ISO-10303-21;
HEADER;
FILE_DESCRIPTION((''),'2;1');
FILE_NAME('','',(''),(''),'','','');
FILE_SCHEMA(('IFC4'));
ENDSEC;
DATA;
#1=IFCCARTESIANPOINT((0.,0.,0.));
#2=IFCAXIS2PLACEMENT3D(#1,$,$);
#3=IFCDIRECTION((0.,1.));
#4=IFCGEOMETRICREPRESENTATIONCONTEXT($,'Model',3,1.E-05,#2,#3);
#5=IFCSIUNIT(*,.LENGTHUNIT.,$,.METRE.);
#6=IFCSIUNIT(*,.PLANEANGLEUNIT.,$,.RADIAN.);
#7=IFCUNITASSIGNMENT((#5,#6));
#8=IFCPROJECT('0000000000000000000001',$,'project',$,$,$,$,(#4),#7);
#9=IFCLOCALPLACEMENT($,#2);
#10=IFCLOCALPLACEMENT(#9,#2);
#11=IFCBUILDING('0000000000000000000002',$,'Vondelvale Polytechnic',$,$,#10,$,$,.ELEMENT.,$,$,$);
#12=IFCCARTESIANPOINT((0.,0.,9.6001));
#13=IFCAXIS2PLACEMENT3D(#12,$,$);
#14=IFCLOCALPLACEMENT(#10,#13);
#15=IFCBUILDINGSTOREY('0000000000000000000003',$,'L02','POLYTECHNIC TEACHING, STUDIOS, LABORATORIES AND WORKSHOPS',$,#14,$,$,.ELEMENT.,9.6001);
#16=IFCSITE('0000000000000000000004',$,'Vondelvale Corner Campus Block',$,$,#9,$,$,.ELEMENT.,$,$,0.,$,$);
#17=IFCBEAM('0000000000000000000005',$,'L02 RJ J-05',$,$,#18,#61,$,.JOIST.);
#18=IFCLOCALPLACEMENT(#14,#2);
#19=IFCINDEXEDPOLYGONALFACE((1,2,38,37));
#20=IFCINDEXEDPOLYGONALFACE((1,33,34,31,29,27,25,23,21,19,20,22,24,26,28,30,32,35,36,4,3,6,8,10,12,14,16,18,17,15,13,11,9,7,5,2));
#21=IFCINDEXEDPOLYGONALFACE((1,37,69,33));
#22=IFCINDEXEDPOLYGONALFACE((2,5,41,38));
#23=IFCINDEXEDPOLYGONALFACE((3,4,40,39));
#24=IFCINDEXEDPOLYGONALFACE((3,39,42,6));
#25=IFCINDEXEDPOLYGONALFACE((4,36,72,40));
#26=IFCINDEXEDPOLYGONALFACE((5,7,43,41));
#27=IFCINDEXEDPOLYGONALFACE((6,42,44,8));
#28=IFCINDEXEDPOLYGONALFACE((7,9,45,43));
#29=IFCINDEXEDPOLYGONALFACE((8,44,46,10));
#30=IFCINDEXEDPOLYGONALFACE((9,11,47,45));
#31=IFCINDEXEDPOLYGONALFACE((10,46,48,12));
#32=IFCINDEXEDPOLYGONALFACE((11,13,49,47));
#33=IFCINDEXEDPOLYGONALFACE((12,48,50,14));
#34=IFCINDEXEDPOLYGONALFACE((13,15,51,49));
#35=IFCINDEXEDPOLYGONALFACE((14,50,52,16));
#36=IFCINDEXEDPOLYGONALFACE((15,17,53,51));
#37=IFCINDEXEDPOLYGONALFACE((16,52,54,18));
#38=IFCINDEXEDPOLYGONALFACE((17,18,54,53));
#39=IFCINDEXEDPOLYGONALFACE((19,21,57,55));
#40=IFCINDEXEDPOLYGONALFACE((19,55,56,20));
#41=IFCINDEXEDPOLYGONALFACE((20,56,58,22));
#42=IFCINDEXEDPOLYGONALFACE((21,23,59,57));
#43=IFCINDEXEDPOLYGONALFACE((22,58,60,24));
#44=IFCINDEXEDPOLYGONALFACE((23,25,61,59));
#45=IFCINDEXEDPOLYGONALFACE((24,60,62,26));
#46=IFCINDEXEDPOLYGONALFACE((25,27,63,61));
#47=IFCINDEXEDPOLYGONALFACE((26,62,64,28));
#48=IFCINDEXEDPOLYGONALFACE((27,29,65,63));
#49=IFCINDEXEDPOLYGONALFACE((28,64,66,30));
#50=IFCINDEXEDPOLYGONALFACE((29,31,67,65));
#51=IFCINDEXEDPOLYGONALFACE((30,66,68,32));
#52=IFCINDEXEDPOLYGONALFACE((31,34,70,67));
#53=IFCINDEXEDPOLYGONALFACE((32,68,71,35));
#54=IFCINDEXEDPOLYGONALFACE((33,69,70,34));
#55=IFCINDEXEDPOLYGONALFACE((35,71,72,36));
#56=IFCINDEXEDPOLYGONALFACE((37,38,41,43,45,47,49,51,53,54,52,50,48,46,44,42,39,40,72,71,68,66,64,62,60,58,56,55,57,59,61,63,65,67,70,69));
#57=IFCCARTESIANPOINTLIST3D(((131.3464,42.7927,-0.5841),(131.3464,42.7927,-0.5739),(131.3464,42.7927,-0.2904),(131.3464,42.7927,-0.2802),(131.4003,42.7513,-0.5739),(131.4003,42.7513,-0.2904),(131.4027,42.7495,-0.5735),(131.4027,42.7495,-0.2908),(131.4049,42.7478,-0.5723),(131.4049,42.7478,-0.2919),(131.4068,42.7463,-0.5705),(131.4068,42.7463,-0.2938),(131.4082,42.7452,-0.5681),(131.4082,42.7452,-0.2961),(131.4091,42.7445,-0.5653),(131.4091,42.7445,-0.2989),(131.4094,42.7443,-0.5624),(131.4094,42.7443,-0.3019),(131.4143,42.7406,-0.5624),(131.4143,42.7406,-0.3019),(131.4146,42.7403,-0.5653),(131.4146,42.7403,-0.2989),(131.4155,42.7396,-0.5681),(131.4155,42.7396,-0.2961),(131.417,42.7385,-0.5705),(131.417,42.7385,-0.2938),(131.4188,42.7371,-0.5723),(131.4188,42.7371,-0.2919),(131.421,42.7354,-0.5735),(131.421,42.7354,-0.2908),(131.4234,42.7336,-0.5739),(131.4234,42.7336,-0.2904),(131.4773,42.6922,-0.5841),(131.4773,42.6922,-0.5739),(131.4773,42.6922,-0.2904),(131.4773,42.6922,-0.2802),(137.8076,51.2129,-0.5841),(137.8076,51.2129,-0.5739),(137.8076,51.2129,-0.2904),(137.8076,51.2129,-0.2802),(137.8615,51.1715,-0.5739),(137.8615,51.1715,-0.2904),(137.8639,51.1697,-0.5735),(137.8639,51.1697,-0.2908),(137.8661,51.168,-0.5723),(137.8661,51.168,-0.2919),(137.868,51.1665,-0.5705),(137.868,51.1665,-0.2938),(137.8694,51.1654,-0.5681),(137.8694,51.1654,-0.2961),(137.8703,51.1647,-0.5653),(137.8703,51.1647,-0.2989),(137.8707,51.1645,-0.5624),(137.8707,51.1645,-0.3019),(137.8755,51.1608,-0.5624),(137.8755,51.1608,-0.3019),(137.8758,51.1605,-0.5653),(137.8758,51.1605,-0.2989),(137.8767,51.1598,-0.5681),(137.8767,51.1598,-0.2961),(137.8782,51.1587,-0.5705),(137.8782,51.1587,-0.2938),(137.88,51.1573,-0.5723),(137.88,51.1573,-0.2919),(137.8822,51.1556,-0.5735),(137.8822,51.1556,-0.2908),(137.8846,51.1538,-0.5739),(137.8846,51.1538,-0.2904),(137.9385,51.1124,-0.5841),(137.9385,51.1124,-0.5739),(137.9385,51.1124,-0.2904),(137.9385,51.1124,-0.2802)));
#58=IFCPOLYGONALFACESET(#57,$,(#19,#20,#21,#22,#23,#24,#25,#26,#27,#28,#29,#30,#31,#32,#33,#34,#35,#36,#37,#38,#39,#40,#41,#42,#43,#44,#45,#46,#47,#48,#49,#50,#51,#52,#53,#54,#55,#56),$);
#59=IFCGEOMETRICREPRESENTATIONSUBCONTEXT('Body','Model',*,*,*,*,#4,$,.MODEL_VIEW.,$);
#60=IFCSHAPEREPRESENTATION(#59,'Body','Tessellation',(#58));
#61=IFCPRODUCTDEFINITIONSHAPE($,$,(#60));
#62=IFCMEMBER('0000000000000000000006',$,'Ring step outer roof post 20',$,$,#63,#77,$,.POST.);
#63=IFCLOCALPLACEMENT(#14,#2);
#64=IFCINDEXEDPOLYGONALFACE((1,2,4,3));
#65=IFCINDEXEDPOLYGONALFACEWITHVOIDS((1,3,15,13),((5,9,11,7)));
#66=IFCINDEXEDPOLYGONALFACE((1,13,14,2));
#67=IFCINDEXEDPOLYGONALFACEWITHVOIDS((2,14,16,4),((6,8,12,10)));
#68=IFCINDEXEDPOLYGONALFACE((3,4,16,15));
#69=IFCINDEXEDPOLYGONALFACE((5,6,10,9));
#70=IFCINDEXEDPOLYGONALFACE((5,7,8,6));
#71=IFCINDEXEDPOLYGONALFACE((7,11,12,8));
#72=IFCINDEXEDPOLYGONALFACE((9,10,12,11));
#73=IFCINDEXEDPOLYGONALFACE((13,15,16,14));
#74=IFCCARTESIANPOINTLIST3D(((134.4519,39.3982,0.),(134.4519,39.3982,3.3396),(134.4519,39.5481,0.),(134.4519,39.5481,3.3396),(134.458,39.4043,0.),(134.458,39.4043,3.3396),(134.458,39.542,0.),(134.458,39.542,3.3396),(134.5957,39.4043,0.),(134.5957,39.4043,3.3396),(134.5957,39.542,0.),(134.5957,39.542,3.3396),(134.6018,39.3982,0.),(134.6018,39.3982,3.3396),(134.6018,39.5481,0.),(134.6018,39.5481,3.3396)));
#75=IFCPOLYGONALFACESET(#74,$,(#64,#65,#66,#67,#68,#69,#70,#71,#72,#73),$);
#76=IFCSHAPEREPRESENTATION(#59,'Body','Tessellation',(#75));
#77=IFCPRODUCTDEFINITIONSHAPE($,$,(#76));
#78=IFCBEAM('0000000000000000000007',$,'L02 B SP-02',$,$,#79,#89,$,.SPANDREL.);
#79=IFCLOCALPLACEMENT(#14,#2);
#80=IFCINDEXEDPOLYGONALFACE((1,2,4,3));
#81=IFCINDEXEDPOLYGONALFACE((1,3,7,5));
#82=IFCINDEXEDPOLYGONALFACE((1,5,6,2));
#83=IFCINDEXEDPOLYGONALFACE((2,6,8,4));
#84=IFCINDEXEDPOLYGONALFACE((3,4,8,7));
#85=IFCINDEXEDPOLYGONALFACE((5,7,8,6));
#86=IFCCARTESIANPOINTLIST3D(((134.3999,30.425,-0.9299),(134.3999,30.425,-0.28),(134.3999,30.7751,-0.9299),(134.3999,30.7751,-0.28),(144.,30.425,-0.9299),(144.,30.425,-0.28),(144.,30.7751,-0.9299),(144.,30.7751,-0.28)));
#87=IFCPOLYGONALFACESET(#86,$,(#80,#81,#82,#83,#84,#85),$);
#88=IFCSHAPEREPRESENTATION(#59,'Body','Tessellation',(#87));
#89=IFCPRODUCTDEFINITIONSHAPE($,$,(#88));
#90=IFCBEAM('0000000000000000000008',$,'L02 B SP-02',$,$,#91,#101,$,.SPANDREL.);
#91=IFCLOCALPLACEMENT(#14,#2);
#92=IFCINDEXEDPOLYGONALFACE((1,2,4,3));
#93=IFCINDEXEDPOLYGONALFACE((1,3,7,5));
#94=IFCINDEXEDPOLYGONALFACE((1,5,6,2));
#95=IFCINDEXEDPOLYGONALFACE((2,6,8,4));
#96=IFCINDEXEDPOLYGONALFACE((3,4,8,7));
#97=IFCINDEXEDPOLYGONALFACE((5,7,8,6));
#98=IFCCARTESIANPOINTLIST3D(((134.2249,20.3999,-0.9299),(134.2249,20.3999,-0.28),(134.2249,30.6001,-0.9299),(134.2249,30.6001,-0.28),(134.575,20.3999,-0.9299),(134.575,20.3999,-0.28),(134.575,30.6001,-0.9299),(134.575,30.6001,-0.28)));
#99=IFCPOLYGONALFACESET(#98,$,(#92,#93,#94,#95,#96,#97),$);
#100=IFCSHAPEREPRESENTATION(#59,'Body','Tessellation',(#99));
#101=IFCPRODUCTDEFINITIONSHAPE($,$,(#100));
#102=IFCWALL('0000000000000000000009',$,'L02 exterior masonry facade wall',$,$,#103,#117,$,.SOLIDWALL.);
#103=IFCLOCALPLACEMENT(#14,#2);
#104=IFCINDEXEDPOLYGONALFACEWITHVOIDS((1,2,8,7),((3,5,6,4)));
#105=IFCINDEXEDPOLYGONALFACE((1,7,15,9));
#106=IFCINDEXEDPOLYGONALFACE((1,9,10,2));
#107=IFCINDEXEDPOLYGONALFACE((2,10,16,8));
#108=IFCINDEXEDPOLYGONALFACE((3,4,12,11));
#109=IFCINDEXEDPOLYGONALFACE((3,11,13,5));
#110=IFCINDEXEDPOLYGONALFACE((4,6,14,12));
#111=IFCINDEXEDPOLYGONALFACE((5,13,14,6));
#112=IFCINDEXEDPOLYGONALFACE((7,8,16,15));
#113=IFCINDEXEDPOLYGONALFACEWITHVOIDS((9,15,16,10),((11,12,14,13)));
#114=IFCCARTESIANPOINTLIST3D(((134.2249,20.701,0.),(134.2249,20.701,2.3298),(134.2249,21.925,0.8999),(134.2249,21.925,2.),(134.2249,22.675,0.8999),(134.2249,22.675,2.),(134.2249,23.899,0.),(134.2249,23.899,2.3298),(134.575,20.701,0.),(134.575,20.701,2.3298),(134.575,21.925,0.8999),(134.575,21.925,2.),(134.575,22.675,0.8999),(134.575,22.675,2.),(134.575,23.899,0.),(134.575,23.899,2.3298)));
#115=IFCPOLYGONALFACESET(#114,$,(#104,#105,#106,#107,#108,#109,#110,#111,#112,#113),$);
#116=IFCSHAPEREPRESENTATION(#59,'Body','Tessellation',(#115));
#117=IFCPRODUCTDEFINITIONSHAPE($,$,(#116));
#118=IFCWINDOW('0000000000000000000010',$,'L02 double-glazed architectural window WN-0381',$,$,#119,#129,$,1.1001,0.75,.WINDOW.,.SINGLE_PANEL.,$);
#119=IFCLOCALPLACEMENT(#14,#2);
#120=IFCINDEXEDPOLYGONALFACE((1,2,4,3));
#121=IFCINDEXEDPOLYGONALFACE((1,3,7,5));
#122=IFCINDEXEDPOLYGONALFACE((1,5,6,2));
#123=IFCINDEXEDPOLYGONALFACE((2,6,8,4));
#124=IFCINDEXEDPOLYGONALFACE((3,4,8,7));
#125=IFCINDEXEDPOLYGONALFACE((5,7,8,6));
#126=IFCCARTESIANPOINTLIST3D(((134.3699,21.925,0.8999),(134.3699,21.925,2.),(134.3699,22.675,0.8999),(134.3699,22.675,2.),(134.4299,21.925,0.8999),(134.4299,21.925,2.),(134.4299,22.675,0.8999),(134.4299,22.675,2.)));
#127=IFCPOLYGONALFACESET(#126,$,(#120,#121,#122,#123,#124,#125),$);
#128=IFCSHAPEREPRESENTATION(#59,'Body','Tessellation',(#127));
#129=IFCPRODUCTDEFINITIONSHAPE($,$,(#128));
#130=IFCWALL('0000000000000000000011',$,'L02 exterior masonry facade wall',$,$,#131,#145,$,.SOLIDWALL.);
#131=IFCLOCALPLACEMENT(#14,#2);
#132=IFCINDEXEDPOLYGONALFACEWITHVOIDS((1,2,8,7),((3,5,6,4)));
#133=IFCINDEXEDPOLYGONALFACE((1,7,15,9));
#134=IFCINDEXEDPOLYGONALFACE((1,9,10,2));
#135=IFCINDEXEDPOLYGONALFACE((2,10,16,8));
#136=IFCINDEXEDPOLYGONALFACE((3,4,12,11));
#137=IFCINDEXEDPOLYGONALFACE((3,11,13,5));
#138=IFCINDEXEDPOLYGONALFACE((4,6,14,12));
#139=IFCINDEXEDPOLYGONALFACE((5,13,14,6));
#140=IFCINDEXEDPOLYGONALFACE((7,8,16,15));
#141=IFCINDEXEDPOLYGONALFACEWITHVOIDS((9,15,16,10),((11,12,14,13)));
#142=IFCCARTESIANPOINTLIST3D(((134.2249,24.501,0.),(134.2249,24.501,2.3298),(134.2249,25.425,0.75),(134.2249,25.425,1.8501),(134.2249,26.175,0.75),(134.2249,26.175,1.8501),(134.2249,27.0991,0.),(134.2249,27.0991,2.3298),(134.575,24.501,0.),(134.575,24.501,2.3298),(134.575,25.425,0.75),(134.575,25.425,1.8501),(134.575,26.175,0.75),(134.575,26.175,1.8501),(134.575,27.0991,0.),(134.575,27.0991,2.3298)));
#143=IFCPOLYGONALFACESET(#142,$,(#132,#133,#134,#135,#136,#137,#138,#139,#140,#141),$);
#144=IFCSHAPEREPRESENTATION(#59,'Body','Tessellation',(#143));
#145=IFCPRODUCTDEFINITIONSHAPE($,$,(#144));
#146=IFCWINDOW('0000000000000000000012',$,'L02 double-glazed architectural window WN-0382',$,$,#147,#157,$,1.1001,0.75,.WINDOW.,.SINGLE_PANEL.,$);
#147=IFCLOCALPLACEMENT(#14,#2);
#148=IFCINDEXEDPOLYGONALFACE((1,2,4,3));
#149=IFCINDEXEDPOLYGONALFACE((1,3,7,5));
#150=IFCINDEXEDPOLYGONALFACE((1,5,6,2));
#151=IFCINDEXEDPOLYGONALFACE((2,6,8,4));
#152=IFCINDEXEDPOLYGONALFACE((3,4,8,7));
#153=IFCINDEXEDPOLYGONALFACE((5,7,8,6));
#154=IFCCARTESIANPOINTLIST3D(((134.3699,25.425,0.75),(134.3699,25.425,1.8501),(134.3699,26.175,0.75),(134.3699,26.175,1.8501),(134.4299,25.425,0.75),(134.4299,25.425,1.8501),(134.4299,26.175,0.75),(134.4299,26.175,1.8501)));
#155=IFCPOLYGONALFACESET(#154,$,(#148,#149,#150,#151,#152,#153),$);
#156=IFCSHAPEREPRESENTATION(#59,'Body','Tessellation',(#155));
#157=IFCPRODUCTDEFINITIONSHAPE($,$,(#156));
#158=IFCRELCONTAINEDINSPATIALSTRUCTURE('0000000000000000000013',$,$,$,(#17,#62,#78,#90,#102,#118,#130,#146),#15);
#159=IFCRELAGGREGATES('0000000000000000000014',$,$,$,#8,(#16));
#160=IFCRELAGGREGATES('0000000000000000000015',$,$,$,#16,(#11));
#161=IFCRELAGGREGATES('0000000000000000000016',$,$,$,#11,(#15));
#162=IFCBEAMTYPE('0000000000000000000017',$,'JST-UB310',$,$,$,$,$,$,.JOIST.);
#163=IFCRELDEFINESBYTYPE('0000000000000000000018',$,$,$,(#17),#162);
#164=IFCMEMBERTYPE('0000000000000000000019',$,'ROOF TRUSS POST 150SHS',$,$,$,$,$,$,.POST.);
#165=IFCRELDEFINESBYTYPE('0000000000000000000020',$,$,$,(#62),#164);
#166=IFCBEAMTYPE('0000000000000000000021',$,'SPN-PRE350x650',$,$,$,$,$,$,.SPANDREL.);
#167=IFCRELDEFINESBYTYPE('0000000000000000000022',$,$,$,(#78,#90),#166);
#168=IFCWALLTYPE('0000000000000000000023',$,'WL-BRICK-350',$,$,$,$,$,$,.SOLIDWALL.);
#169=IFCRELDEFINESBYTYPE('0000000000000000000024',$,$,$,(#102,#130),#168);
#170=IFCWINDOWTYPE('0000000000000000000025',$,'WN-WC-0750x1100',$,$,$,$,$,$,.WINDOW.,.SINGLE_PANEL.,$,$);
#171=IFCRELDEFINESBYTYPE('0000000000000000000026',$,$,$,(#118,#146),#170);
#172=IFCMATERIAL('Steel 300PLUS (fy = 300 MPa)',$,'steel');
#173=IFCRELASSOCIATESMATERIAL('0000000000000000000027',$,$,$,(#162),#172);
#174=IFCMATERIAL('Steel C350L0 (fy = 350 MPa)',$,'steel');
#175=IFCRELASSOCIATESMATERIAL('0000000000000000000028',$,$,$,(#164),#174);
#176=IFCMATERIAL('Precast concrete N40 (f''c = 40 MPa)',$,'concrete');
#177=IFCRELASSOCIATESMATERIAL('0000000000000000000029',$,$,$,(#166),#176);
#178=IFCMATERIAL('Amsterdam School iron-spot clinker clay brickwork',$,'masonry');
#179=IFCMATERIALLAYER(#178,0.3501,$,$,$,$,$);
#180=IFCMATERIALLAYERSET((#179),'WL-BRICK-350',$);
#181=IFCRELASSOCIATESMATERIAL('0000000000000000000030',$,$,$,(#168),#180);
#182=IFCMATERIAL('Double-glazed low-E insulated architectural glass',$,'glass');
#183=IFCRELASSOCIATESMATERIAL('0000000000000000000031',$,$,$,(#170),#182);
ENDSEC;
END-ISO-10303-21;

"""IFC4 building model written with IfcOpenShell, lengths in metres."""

from ifc_helpers import new_model, si_unit, direction, frame, frame_2d, origin, origin_2d, place, context, subcontext, project, spatial, rectangle, hollow_rectangle, i_section, extrude, material, layer, layer_set, material_profile, profile_set, type_object, element, fill, save


model = new_model("IFC4")

# Units and contexts
model_context = context("Model", 3, precision=1e-05, world=origin(), true_north=direction((0.0, 1.0)))
body_context = subcontext(model_context, "Body", "Model", "MODEL_VIEW")
ifc_project = project(units=[si_unit("LENGTHUNIT", "METRE"), si_unit("PLANEANGLEUNIT", "RADIAN")], contexts=[model_context])

# Site, building, storey
site_placement = place(None, origin())
site = spatial("IfcSite", under=ifc_project, at=site_placement, Name="Vondelvale Corner Campus Block", CompositionType="ELEMENT", RefElevation=0.0)
building_placement = place(site_placement, origin())
building = spatial("IfcBuilding", under=site, at=building_placement, Name="Vondelvale Polytechnic", CompositionType="ELEMENT")
storey_placement = place(building_placement, frame((0.0, 0.0, 9.6001)))
storey = spatial("IfcBuildingStorey", under=building, at=storey_placement, Name="L02", Description="POLYTECHNIC TEACHING, STUDIOS, LABORATORIES AND WORKSHOPS", CompositionType="ELEMENT", Elevation=9.6001)

# Shared definitions
ifc_material_1 = material(Name="Steel 300PLUS (fy = 300 MPa)", Category="steel")

# Beam
ifc_material_profile_1 = material_profile(ifc_material_1, i_section(OverallWidth=0.165, OverallDepth=0.304, WebThickness=0.0061, FlangeThickness=0.0103, FilletRadius=0.0115, at=origin_2d()), Name="310UB40.4")
ifc_profile_set_1 = profile_set([ifc_material_profile_1], Name="Steel 300PLUS (fy = 300 MPa)")
beam_type_1 = type_object("IfcBeamType", Name="JST-UB310", PredefinedType="JOIST", material=ifc_profile_set_1)
beam_1_placement = place(storey_placement, frame((131.4119, 42.7424, -0.4321), z_axis=(0.608771, 0.793346, 0.0), x_axis=(-0.793346, 0.608771, 0.0)))
element("IfcBeam", 1, at=beam_1_placement, inside=storey, type_object=beam_type_1, Name="L02 RJ J-05", PredefinedType="JOIST", context=body_context, shape_type="SweptSolid", body=[
    extrude(i_section(OverallWidth=0.165, OverallDepth=0.304, WebThickness=0.0061, FlangeThickness=0.0103, FilletRadius=0.0115, at=origin_2d()), origin(), (0.0, 0.0, 1.0), 10.6135),
])

# Member
ifc_material_2 = material(Name="Steel C350L0 (fy = 350 MPa)", Category="steel")
ifc_material_profile_2 = material_profile(ifc_material_2, hollow_rectangle(XDim=0.1499, YDim=0.1499, WallThickness=0.0061, at=origin_2d()), Name="150x150x6.0SHS")
ifc_profile_set_2 = profile_set([ifc_material_profile_2], Name="Steel C350L0 (fy = 350 MPa)")
member_type_1 = type_object("IfcMemberType", Name="ROOF TRUSS POST 150SHS", PredefinedType="POST", material=ifc_profile_set_2)
member_1_placement = place(storey_placement, frame((134.5269, 39.4731, 0.0), z_axis=(0.0, 0.0, 1.0), x_axis=(1.0, 0.0, 0.0)))
element("IfcMember", 2, at=member_1_placement, inside=storey, type_object=member_type_1, Name="Ring step outer roof post 20", PredefinedType="POST", context=body_context, shape_type="SweptSolid", body=[
    extrude(hollow_rectangle(XDim=0.1499, YDim=0.1499, WallThickness=0.0061, at=origin_2d()), origin(), (0.0, 0.0, 1.0), 3.3396),
])

# Beams
ifc_material_3 = material(Name="Precast concrete N40 (f'c = 40 MPa)", Category="concrete")
ifc_material_profile_3 = material_profile(ifc_material_3, rectangle(XDim=0.3501, YDim=0.6499, at=origin_2d()), Name="RC-SPN-350x650")
ifc_profile_set_3 = profile_set([ifc_material_profile_3], Name="Precast concrete N40 (f'c = 40 MPa)")
beam_type_2 = type_object("IfcBeamType", Name="SPN-PRE350x650", PredefinedType="SPANDREL", material=ifc_profile_set_3)
beam_2_placement = place(storey_placement, frame((134.3999, 30.6001, -0.605), z_axis=(1.0, 0.0, 0.0), x_axis=(0.0, 1.0, 0.0)))
element("IfcBeam", 3, at=beam_2_placement, inside=storey, type_object=beam_type_2, Name="L02 B SP-02", PredefinedType="SPANDREL", context=body_context, shape_type="SweptSolid", body=[
    extrude(rectangle(XDim=0.3501, YDim=0.6499, at=origin_2d()), origin(), (0.0, 0.0, 1.0), 9.6001),
])
beam_3_placement = place(storey_placement, frame((134.3999, 20.3999, -0.605), z_axis=(0.0, 1.0, 0.0), x_axis=(-1.0, 0.0, 0.0)))
element("IfcBeam", 4, at=beam_3_placement, inside=storey, type_object=beam_type_2, Name="L02 B SP-02", PredefinedType="SPANDREL", context=body_context, shape_type="SweptSolid", body=[
    extrude(rectangle(XDim=0.3501, YDim=0.6499, at=origin_2d()), origin(), (0.0, 0.0, 1.0), 10.2002),
])

# Walls, openings, windows
ifc_material_4 = material(Name="Amsterdam School iron-spot clinker clay brickwork", Category="masonry")
ifc_layer_1 = layer(ifc_material_4, 0.3501)
ifc_layer_set_1 = layer_set([ifc_layer_1], Name="WL-BRICK-350")
wall_type_1 = type_object("IfcWallType", Name="WL-BRICK-350", PredefinedType="SOLIDWALL", material=ifc_layer_set_1)
wall_1_placement = place(storey_placement, frame((134.3999, 20.7009, 0.0), z_axis=(0.0, 0.0, 1.0), x_axis=(0.0, 1.0, 0.0)))
wall_1 = element("IfcWall", 5, at=wall_1_placement, inside=storey, type_object=wall_type_1, Name="L02 exterior masonry facade wall", PredefinedType="SOLIDWALL", context=body_context, shape_type="SweptSolid", body=[
    extrude(rectangle(XDim=3.198, YDim=0.3501, at=frame_2d((1.5991, 0.0))), origin(), (0.0, 0.0, 1.0), 2.3298),
])
opening_1_placement = place(wall_1_placement, frame((1.2241, 0.0, 0.8999)))
opening_1 = element("IfcOpeningElement", 6, at=opening_1_placement, cuts=wall_1, PredefinedType="OPENING", context=body_context, shape_type="SweptSolid", body=[
    extrude(rectangle(XDim=0.75, YDim=1.1001, at=frame_2d((0.375, 0.55))), frame((0.0, 0.1851, 0.0), z_axis=(0.0, -1.0, 0.0), x_axis=(1.0, 0.0, 0.0)), (0.0, 0.0, 1.0), 0.3701),
])
ifc_material_5 = material(Name="Double-glazed low-E insulated architectural glass", Category="glass")
window_type = type_object("IfcWindowType", Name="WN-WC-0750x1100", PartitioningType="SINGLE_PANEL", PredefinedType="WINDOW", material=ifc_material_5)
window_1_placement = place(opening_1_placement, origin())
window_1 = element("IfcWindow", 7, at=window_1_placement, inside=storey, type_object=window_type, Name="L02 double-glazed architectural window WN-0381", OverallHeight=1.1001, OverallWidth=0.75, PartitioningType="SINGLE_PANEL", PredefinedType="WINDOW", context=body_context, shape_type="SweptSolid", body=[
    extrude(rectangle(XDim=0.75, YDim=1.1001, at=frame_2d((0.375, 0.55))), frame((0.0, 0.03, 0.0), z_axis=(0.0, -1.0, 0.0), x_axis=(1.0, 0.0, 0.0)), (0.0, 0.0, 1.0), 0.0601),
])
fill(opening_1, window_1)
wall_2_placement = place(storey_placement, frame((134.3999, 24.501, 0.0), z_axis=(0.0, 0.0, 1.0), x_axis=(0.0, 1.0, 0.0)))
wall_2 = element("IfcWall", 8, at=wall_2_placement, inside=storey, type_object=wall_type_1, Name="L02 exterior masonry facade wall", PredefinedType="SOLIDWALL", context=body_context, shape_type="SweptSolid", body=[
    extrude(rectangle(XDim=2.5981, YDim=0.3501, at=frame_2d((1.2991, 0.0))), origin(), (0.0, 0.0, 1.0), 2.3298),
])
opening_2_placement = place(wall_2_placement, frame((0.9241, 0.0, 0.75)))
opening_2 = element("IfcOpeningElement", 9, at=opening_2_placement, cuts=wall_2, PredefinedType="OPENING", context=body_context, shape_type="SweptSolid", body=[
    extrude(rectangle(XDim=0.75, YDim=1.1001, at=frame_2d((0.375, 0.55))), frame((0.0, 0.1851, 0.0), z_axis=(0.0, -1.0, 0.0), x_axis=(1.0, 0.0, 0.0)), (0.0, 0.0, 1.0), 0.3701),
])
window_2_placement = place(opening_2_placement, origin())
window_2 = element("IfcWindow", 10, at=window_2_placement, inside=storey, type_object=window_type, Name="L02 double-glazed architectural window WN-0382", OverallHeight=1.1001, OverallWidth=0.75, PartitioningType="SINGLE_PANEL", PredefinedType="WINDOW", context=body_context, shape_type="SweptSolid", body=[
    extrude(rectangle(XDim=0.75, YDim=1.1001, at=frame_2d((0.375, 0.55))), frame((0.0, 0.03, 0.0), z_axis=(0.0, -1.0, 0.0), x_axis=(1.0, 0.0, 0.0)), (0.0, 0.0, 1.0), 0.0601),
])
fill(opening_2, window_2)

save(model, "model.ifc")
